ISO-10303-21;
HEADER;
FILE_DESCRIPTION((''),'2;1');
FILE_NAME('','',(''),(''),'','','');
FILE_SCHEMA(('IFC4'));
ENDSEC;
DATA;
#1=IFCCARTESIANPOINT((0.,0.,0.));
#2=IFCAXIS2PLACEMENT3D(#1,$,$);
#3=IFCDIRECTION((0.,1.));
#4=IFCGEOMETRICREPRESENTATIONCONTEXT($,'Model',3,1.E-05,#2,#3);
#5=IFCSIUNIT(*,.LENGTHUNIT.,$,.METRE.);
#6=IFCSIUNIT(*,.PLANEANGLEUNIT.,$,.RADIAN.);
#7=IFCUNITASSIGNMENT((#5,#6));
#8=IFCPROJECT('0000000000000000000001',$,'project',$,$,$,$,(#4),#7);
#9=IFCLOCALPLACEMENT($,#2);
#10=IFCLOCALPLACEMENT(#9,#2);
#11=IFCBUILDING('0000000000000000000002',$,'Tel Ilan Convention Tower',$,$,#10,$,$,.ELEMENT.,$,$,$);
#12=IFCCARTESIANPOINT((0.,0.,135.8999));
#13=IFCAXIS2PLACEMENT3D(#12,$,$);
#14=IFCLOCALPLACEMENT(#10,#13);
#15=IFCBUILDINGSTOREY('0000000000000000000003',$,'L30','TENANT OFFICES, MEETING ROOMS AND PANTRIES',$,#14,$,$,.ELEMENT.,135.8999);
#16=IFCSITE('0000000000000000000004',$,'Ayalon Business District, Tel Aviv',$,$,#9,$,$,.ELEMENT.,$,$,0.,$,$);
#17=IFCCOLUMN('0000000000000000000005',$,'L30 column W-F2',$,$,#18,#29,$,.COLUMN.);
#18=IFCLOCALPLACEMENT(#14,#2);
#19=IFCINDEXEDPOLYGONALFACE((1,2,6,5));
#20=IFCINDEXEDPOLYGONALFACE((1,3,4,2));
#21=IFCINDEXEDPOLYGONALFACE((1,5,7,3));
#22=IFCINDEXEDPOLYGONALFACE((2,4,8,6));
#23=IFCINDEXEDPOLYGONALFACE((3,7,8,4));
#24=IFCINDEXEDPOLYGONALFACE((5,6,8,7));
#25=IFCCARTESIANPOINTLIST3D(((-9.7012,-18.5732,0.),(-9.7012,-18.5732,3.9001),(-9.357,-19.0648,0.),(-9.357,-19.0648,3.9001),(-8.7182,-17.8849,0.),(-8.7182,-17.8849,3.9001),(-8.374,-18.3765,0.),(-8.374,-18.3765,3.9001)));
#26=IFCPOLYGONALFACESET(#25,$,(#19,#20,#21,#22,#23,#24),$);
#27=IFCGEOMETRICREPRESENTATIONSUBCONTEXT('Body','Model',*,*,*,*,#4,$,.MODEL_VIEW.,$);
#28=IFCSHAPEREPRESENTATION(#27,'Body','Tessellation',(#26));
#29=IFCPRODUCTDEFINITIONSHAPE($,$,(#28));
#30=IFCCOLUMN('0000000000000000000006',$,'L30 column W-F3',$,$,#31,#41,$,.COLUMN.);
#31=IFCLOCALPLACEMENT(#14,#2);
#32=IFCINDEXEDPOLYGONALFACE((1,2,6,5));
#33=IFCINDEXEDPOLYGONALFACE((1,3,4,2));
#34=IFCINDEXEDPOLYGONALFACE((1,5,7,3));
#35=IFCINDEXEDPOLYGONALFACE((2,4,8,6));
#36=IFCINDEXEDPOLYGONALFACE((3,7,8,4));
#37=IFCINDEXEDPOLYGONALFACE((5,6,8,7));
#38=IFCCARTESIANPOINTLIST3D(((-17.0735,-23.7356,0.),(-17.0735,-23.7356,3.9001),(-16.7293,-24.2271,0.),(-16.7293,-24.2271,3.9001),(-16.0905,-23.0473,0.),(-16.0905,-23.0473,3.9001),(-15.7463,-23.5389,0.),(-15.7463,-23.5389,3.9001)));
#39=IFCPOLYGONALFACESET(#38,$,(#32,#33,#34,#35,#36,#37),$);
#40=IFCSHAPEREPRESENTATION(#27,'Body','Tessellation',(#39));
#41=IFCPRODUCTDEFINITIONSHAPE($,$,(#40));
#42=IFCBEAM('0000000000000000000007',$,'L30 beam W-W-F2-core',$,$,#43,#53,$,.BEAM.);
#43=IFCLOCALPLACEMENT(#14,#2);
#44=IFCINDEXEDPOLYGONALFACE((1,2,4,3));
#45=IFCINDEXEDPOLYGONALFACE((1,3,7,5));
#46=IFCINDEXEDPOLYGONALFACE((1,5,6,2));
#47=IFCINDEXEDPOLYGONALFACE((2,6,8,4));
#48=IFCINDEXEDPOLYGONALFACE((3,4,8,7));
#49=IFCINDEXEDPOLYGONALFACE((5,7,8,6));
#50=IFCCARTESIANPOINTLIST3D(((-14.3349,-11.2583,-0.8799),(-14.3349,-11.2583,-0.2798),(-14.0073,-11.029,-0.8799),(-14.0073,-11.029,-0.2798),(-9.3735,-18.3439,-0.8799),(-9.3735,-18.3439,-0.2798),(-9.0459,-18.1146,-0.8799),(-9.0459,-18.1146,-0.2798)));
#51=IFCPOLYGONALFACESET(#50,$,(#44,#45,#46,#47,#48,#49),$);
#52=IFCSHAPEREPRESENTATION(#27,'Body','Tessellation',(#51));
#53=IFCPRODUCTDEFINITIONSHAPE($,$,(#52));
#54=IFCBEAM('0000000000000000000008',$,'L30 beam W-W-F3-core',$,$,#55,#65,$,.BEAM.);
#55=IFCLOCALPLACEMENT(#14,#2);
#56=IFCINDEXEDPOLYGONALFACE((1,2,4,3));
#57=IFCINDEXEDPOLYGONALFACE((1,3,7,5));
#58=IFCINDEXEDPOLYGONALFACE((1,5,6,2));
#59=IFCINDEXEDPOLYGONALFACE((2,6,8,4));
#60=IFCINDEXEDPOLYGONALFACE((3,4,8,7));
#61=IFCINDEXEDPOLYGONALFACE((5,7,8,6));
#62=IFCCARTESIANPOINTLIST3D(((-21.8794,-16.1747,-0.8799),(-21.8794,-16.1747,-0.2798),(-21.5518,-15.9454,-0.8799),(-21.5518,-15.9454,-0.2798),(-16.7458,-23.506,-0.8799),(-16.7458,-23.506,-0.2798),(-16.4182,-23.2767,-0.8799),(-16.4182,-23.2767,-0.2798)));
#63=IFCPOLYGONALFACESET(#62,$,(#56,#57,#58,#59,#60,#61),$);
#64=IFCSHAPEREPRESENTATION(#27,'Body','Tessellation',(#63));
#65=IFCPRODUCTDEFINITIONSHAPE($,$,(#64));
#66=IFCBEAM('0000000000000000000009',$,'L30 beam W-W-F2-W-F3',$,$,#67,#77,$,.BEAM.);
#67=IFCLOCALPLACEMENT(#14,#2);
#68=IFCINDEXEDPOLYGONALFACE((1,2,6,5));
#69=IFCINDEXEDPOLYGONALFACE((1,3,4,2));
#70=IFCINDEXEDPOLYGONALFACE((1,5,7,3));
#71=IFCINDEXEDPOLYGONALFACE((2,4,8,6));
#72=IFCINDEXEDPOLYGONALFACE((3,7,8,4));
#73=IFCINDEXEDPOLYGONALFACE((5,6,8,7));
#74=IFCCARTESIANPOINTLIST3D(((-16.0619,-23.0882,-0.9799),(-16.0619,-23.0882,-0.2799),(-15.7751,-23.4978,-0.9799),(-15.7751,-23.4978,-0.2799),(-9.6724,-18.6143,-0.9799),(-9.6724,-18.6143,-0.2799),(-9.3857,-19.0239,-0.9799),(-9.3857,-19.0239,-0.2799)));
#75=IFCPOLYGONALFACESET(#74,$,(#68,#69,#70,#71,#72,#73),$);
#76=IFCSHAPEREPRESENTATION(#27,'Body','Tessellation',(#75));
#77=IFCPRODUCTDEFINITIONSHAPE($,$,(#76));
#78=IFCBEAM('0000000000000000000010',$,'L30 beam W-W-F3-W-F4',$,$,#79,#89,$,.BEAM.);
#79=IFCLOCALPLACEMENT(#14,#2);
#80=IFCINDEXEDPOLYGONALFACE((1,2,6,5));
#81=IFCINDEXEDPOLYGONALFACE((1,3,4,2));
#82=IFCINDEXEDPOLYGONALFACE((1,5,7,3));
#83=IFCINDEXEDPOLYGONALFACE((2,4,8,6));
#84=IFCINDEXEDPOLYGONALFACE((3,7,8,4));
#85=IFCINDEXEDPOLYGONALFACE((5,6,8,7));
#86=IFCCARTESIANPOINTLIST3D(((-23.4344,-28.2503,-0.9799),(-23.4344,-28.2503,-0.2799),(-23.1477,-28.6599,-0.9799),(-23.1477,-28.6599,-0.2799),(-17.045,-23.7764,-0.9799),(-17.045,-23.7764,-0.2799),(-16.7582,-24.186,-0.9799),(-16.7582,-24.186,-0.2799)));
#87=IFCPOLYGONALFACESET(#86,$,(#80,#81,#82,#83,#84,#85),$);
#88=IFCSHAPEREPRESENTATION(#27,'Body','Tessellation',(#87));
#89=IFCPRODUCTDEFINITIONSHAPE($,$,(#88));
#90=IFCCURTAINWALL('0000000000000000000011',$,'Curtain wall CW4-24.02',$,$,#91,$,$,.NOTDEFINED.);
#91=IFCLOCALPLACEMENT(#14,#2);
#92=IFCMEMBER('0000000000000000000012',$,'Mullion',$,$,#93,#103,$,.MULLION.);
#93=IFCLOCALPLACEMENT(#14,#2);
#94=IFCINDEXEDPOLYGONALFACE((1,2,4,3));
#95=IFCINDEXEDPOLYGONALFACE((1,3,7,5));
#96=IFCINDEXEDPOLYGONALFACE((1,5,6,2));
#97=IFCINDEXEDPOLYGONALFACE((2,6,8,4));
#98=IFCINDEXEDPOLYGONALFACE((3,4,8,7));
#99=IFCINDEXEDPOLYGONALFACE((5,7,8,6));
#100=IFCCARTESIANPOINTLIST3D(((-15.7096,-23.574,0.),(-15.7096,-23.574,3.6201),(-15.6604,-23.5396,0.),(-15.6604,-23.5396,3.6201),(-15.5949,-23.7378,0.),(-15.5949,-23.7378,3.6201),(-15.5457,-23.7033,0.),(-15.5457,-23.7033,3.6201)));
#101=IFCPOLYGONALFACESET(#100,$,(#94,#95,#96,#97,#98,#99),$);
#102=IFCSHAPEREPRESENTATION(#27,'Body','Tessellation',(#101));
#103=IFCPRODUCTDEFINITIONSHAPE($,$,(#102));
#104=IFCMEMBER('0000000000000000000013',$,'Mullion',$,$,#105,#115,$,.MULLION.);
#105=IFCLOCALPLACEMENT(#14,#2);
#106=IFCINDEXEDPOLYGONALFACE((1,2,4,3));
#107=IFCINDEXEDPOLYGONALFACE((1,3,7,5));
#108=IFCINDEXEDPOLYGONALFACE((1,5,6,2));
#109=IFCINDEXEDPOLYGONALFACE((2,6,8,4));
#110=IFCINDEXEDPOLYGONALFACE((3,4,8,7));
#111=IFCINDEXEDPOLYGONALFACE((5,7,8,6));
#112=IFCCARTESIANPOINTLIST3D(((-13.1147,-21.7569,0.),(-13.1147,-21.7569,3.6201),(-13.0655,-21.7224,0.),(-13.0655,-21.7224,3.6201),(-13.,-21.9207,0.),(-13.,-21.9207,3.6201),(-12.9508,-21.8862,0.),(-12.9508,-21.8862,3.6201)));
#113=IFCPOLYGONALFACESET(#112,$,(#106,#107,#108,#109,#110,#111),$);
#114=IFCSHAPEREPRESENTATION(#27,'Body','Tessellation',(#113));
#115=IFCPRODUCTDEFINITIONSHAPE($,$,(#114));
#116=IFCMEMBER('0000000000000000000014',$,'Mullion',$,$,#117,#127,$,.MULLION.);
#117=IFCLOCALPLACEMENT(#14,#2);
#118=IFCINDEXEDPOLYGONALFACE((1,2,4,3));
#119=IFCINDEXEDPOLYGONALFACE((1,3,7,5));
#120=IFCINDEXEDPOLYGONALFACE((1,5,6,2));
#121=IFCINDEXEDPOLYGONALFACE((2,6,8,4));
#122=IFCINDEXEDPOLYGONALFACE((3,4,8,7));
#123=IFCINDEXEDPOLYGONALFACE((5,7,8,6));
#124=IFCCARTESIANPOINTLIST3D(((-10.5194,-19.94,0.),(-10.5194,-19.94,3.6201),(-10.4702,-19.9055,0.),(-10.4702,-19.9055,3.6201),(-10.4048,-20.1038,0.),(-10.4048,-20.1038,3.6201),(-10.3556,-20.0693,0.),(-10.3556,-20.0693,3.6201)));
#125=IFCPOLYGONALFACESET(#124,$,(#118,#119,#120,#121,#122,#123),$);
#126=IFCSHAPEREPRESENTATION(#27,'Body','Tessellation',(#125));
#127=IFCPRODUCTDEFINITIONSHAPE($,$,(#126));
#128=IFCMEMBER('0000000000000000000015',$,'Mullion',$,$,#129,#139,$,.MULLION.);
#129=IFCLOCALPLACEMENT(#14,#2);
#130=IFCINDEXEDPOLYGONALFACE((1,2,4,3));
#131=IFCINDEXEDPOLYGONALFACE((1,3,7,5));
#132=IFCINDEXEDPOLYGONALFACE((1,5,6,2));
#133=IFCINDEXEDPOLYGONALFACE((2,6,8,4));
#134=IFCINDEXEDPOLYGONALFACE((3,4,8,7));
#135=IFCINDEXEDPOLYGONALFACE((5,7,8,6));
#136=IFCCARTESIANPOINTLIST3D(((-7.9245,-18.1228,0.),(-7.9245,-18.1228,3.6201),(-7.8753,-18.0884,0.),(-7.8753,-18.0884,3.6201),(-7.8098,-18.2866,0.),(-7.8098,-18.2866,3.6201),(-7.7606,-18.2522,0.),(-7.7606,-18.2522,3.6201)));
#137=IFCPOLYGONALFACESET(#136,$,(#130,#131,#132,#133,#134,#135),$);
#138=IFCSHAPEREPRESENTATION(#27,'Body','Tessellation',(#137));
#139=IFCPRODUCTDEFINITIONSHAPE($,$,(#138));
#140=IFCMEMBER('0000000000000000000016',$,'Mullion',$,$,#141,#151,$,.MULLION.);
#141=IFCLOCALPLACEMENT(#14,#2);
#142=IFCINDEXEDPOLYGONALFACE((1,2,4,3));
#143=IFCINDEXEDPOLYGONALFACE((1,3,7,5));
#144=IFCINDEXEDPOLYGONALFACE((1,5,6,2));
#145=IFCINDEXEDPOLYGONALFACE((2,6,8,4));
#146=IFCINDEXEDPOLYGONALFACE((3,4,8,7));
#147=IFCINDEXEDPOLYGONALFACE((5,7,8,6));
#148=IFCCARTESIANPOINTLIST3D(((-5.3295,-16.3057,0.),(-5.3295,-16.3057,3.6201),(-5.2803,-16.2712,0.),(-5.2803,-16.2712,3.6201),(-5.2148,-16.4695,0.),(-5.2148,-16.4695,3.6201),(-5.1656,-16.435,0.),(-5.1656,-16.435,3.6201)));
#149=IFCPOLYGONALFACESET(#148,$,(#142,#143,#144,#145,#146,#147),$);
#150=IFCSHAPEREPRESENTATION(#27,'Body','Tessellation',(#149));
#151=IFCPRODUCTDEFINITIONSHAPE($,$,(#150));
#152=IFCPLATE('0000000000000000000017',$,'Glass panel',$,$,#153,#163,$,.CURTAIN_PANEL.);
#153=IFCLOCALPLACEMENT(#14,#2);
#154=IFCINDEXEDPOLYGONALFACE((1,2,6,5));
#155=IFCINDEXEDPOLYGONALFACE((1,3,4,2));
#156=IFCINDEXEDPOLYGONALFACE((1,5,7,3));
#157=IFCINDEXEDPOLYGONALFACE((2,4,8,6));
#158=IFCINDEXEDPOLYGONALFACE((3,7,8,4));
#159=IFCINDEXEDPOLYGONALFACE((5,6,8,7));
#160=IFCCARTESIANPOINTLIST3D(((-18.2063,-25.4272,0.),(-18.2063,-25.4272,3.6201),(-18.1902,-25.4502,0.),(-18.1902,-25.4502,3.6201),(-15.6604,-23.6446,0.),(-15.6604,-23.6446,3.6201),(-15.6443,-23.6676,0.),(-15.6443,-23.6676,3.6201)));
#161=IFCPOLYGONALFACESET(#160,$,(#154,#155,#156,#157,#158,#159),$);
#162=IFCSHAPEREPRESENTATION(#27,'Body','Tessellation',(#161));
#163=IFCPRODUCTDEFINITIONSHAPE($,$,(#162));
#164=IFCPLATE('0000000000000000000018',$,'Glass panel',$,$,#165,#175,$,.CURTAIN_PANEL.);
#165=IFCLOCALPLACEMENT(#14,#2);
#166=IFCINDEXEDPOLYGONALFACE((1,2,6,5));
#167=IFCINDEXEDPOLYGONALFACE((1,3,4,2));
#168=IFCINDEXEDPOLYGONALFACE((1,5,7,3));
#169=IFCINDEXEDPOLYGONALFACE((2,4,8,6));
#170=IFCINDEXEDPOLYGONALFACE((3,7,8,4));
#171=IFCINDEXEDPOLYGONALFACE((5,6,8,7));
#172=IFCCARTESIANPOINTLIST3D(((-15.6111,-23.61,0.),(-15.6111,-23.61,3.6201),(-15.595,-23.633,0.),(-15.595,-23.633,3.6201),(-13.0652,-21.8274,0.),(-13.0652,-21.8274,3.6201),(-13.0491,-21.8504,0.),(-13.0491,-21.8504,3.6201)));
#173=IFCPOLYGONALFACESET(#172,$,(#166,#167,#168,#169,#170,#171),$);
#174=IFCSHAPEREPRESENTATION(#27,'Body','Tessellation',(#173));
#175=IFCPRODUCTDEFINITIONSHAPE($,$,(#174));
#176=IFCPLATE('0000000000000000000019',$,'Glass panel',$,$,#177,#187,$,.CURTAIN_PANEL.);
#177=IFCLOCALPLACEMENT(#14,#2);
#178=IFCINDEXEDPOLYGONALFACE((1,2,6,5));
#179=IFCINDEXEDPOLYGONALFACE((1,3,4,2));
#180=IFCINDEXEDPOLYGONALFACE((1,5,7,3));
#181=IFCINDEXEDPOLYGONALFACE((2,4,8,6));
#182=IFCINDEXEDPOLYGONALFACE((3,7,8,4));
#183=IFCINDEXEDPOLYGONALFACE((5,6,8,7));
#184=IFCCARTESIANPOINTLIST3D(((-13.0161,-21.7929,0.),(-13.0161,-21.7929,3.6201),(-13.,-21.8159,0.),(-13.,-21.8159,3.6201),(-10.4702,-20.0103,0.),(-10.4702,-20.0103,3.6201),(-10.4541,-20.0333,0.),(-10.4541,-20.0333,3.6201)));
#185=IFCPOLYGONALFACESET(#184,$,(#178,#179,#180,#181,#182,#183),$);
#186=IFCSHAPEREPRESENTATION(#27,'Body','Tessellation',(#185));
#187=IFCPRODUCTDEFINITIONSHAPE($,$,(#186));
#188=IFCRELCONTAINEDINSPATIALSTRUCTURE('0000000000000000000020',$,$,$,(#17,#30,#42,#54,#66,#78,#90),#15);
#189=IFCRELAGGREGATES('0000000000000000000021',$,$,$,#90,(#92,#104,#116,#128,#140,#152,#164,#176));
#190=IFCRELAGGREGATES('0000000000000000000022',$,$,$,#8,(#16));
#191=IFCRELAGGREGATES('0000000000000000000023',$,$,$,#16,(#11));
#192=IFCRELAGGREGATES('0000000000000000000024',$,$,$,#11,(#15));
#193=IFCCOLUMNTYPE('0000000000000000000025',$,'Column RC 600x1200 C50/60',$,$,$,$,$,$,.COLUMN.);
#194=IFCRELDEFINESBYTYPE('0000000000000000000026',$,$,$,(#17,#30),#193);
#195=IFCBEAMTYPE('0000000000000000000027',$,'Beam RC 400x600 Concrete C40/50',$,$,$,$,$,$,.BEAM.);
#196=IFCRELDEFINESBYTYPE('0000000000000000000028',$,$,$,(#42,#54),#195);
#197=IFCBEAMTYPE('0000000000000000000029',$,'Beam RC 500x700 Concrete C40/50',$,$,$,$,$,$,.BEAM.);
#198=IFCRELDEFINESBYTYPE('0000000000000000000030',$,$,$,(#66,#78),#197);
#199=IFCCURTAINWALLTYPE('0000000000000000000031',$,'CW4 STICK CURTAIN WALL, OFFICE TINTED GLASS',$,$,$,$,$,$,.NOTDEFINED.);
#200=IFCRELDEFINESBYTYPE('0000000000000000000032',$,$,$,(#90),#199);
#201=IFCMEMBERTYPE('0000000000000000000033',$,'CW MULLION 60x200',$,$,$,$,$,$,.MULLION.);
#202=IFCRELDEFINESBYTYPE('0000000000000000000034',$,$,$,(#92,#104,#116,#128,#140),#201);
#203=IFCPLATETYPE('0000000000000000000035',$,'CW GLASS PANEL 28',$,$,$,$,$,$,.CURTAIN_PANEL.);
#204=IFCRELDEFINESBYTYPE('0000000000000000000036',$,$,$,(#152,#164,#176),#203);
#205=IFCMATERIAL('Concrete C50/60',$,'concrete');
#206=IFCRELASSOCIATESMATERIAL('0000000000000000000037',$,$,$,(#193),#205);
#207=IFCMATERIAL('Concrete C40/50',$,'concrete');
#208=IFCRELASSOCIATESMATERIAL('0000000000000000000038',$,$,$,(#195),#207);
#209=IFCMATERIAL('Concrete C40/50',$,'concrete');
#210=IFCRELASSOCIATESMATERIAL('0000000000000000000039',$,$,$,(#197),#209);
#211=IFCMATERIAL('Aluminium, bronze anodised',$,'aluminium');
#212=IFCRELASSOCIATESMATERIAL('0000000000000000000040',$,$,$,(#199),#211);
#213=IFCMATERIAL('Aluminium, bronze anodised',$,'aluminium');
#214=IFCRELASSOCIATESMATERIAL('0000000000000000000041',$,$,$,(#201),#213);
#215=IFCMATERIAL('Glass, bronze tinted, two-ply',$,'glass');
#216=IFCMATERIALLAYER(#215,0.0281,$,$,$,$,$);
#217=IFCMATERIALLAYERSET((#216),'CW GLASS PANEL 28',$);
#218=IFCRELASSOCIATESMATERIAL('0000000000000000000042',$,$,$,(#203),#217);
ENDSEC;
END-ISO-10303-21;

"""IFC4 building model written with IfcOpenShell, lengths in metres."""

from ifc_helpers import new_model, si_unit, direction, frame, origin, origin_2d, place, context, subcontext, project, spatial, rectangle, extrude, material, layer, layer_set, material_profile, profile_set, type_object, element, aggregate, save


model = new_model("IFC4")

# Units and contexts
model_context = context("Model", 3, precision=1e-05, world=origin(), true_north=direction((0.0, 1.0)))
body_context = subcontext(model_context, "Body", "Model", "MODEL_VIEW")
ifc_project = project(units=[si_unit("LENGTHUNIT", "METRE"), si_unit("PLANEANGLEUNIT", "RADIAN")], contexts=[model_context])

# Site, building, storey
site_placement = place(None, origin())
site = spatial("IfcSite", under=ifc_project, at=site_placement, Name="Ayalon Business District, Tel Aviv", CompositionType="ELEMENT", RefElevation=0.0)
building_placement = place(site_placement, origin())
building = spatial("IfcBuilding", under=site, at=building_placement, Name="Tel Ilan Convention Tower", CompositionType="ELEMENT")
storey_placement = place(building_placement, frame((0.0, 0.0, 135.8999)))
storey = spatial("IfcBuildingStorey", under=building, at=storey_placement, Name="L30", Description="TENANT OFFICES, MEETING ROOMS AND PANTRIES", CompositionType="ELEMENT", Elevation=135.8999)

# Columns
ifc_material_1 = material(Name="Concrete C50/60", Category="concrete")
ifc_material_profile_1 = material_profile(ifc_material_1, rectangle(XDim=1.2, YDim=0.6001, at=origin_2d()), Name="RC 600x1200")
ifc_profile_set_1 = profile_set([ifc_material_profile_1], Name="Concrete C50/60")
column_type = type_object("IfcColumnType", Name="Column RC 600x1200 C50/60", PredefinedType="COLUMN", material=ifc_profile_set_1)
for number, where, z_axis, x_axis, name in (
    (1, (-9.0376, -18.4749, 0.0), (0.0, 0.0, 1.0), (-0.819152, -0.573576, 0.0), "L30 column W-F2"),
    (2, (-16.4099, -23.6372, 0.0), (0.0, 0.0, 1.0), (-0.819152, -0.573576, 0.0), "L30 column W-F3"),
):
    element("IfcColumn", number, at=place(storey_placement, frame(where, z_axis=z_axis, x_axis=x_axis)), inside=storey, type_object=column_type, Name=name, PredefinedType="COLUMN", context=body_context, shape_type="SweptSolid", body=[
        extrude(rectangle(XDim=1.2, YDim=0.6001, at=origin_2d()), origin(), (0.0, 0.0, 1.0), 3.9001),
    ])

# Beams
ifc_material_2 = material(Name="Concrete C40/50", Category="concrete")
ifc_material_profile_2 = material_profile(ifc_material_2, rectangle(XDim=0.3999, YDim=0.6001, at=origin_2d()), Name="RC 400x600")
ifc_profile_set_2 = profile_set([ifc_material_profile_2], Name="Concrete C40/50")
beam_type_1 = type_object("IfcBeamType", Name="Beam RC 400x600 Concrete C40/50", PredefinedType="BEAM", material=ifc_profile_set_2)
beam_1_placement = place(storey_placement, frame((-9.2097, -18.2292, -0.5798), z_axis=(-0.573574, 0.819154, 0.0), x_axis=(-0.819154, -0.573574, 0.0)))
element("IfcBeam", 3, at=beam_1_placement, inside=storey, type_object=beam_type_1, Name="L30 beam W-W-F2-core", PredefinedType="BEAM", context=body_context, shape_type="SweptSolid", body=[
    extrude(rectangle(XDim=0.3999, YDim=0.6001, at=origin_2d()), origin(), (0.0, 0.0, 1.0), 8.6499),
])
beam_2_placement = place(storey_placement, frame((-16.582, -23.3914, -0.5798), z_axis=(-0.573585, 0.819146, 0.0), x_axis=(-0.819146, -0.573585, 0.0)))
element("IfcBeam", 4, at=beam_2_placement, inside=storey, type_object=beam_type_1, Name="L30 beam W-W-F3-core", PredefinedType="BEAM", context=body_context, shape_type="SweptSolid", body=[
    extrude(rectangle(XDim=0.3999, YDim=0.6001, at=origin_2d()), origin(), (0.0, 0.0, 1.0), 8.95),
])
ifc_material_3 = material(Name="Concrete C40/50", Category="concrete")
ifc_material_profile_3 = material_profile(ifc_material_3, rectangle(XDim=0.5, YDim=0.7, at=origin_2d()), Name="RC 500x700")
ifc_profile_set_3 = profile_set([ifc_material_profile_3], Name="Concrete C40/50")
beam_type_2 = type_object("IfcBeamType", Name="Beam RC 500x700 Concrete C40/50", PredefinedType="BEAM", material=ifc_profile_set_3)
for number, where, z_axis, x_axis, name in (
    (5, (-9.5291, -18.8191, -0.6299), (-0.819154, -0.573574, 0.0), (0.573574, -0.819154, 0.0), "L30 beam W-W-F2-W-F3"),
    (6, (-16.9016, -23.9812, -0.6299), (-0.819154, -0.573574, 0.0), (0.573574, -0.819154, 0.0), "L30 beam W-W-F3-W-F4"),
):
    element("IfcBeam", number, at=place(storey_placement, frame(where, z_axis=z_axis, x_axis=x_axis)), inside=storey, type_object=beam_type_2, Name=name, PredefinedType="BEAM", context=body_context, shape_type="SweptSolid", body=[
        extrude(rectangle(XDim=0.5, YDim=0.7, at=origin_2d()), origin(), (0.0, 0.0, 1.0), 7.8),
    ])

# Curtain wall, members, plates
ifc_material_4 = material(Name="Aluminium, bronze anodised", Category="aluminium")
curtain_wall_type = type_object("IfcCurtainWallType", Name="CW4 STICK CURTAIN WALL, OFFICE TINTED GLASS", PredefinedType="NOTDEFINED", material=ifc_material_4)
curtain_wall_placement = place(storey_placement, origin())
curtain_wall = element("IfcCurtainWall", 7, at=curtain_wall_placement, inside=storey, type_object=curtain_wall_type, Name="Curtain wall CW4-24.02", PredefinedType="NOTDEFINED")
ifc_material_5 = material(Name="Aluminium, bronze anodised", Category="aluminium")
ifc_material_profile_4 = material_profile(ifc_material_5, rectangle(XDim=0.0601, YDim=0.2, at=origin_2d()), Name="CW MULLION 60x200")
ifc_profile_set_4 = profile_set([ifc_material_profile_4], Name="Aluminium, bronze anodised")
member_type = type_object("IfcMemberType", Name="CW MULLION 60x200", PredefinedType="MULLION", material=ifc_profile_set_4)
member_1_placement = place(storey_placement, frame((-15.6277, -23.6387, 0.0), z_axis=(0.0, 0.0, 1.0), x_axis=(0.819152, 0.573576, 0.0)))
member_1 = element("IfcMember", 8, at=member_1_placement, type_object=member_type, Name="Mullion", PredefinedType="MULLION", context=body_context, shape_type="SweptSolid", body=[
    extrude(rectangle(XDim=0.0601, YDim=0.2, at=origin_2d()), origin(), (0.0, 0.0, 1.0), 3.6201),
])
member_2_placement = place(storey_placement, frame((-13.0327, -21.8215, 0.0), z_axis=(0.0, 0.0, 1.0), x_axis=(0.819152, 0.573576, 0.0)))
member_2 = element("IfcMember", 9, at=member_2_placement, type_object=member_type, Name="Mullion", PredefinedType="MULLION", context=body_context, shape_type="SweptSolid", body=[
    extrude(rectangle(XDim=0.0601, YDim=0.2, at=origin_2d()), origin(), (0.0, 0.0, 1.0), 3.6201),
])
member_3_placement = place(storey_placement, frame((-10.4375, -20.0046, 0.0), z_axis=(0.0, 0.0, 1.0), x_axis=(0.819152, 0.573576, 0.0)))
member_3 = element("IfcMember", 10, at=member_3_placement, type_object=member_type, Name="Mullion", PredefinedType="MULLION", context=body_context, shape_type="SweptSolid", body=[
    extrude(rectangle(XDim=0.0601, YDim=0.2, at=origin_2d()), origin(), (0.0, 0.0, 1.0), 3.6201),
])
member_4_placement = place(storey_placement, frame((-7.8425, -18.1875, 0.0), z_axis=(0.0, 0.0, 1.0), x_axis=(0.819152, 0.573576, 0.0)))
member_4 = element("IfcMember", 11, at=member_4_placement, type_object=member_type, Name="Mullion", PredefinedType="MULLION", context=body_context, shape_type="SweptSolid", body=[
    extrude(rectangle(XDim=0.0601, YDim=0.2, at=origin_2d()), origin(), (0.0, 0.0, 1.0), 3.6201),
])
member_5_placement = place(storey_placement, frame((-5.2476, -16.3704, 0.0), z_axis=(0.0, 0.0, 1.0), x_axis=(0.819152, 0.573576, 0.0)))
member_5 = element("IfcMember", 12, at=member_5_placement, type_object=member_type, Name="Mullion", PredefinedType="MULLION", context=body_context, shape_type="SweptSolid", body=[
    extrude(rectangle(XDim=0.0601, YDim=0.2, at=origin_2d()), origin(), (0.0, 0.0, 1.0), 3.6201),
])
ifc_material_6 = material(Name="Glass, bronze tinted, two-ply", Category="glass")
ifc_layer_1 = layer(ifc_material_6, 0.0281)
ifc_layer_set_1 = layer_set([ifc_layer_1], Name="CW GLASS PANEL 28")
plate_type = type_object("IfcPlateType", Name="CW GLASS PANEL 28", PredefinedType="CURTAIN_PANEL", material=ifc_layer_set_1)
plate_1_placement = place(storey_placement, frame((-16.9253, -24.5474, 0.0), z_axis=(0.0, 0.0, 1.0), x_axis=(0.819152, 0.573576, 0.0)))
plate_1 = element("IfcPlate", 13, at=plate_1_placement, type_object=plate_type, Name="Glass panel", PredefinedType="CURTAIN_PANEL", context=body_context, shape_type="SweptSolid", body=[
    extrude(rectangle(XDim=3.1079, YDim=0.0281, at=origin_2d()), origin(), (0.0, 0.0, 1.0), 3.6201),
])
plate_2_placement = place(storey_placement, frame((-14.3301, -22.7302, 0.0), z_axis=(0.0, 0.0, 1.0), x_axis=(0.819152, 0.573576, 0.0)))
plate_2 = element("IfcPlate", 14, at=plate_2_placement, type_object=plate_type, Name="Glass panel", PredefinedType="CURTAIN_PANEL", context=body_context, shape_type="SweptSolid", body=[
    extrude(rectangle(XDim=3.1079, YDim=0.0281, at=origin_2d()), origin(), (0.0, 0.0, 1.0), 3.6201),
])
plate_3_placement = place(storey_placement, frame((-11.7351, -20.9131, 0.0), z_axis=(0.0, 0.0, 1.0), x_axis=(0.819152, 0.573576, 0.0)))
plate_3 = element("IfcPlate", 15, at=plate_3_placement, type_object=plate_type, Name="Glass panel", PredefinedType="CURTAIN_PANEL", context=body_context, shape_type="SweptSolid", body=[
    extrude(rectangle(XDim=3.1079, YDim=0.0281, at=origin_2d()), origin(), (0.0, 0.0, 1.0), 3.6201),
])
aggregate(curtain_wall, [member_1, member_2, member_3, member_4, member_5, plate_1, plate_2, plate_3])

save(model, "model.ifc")
